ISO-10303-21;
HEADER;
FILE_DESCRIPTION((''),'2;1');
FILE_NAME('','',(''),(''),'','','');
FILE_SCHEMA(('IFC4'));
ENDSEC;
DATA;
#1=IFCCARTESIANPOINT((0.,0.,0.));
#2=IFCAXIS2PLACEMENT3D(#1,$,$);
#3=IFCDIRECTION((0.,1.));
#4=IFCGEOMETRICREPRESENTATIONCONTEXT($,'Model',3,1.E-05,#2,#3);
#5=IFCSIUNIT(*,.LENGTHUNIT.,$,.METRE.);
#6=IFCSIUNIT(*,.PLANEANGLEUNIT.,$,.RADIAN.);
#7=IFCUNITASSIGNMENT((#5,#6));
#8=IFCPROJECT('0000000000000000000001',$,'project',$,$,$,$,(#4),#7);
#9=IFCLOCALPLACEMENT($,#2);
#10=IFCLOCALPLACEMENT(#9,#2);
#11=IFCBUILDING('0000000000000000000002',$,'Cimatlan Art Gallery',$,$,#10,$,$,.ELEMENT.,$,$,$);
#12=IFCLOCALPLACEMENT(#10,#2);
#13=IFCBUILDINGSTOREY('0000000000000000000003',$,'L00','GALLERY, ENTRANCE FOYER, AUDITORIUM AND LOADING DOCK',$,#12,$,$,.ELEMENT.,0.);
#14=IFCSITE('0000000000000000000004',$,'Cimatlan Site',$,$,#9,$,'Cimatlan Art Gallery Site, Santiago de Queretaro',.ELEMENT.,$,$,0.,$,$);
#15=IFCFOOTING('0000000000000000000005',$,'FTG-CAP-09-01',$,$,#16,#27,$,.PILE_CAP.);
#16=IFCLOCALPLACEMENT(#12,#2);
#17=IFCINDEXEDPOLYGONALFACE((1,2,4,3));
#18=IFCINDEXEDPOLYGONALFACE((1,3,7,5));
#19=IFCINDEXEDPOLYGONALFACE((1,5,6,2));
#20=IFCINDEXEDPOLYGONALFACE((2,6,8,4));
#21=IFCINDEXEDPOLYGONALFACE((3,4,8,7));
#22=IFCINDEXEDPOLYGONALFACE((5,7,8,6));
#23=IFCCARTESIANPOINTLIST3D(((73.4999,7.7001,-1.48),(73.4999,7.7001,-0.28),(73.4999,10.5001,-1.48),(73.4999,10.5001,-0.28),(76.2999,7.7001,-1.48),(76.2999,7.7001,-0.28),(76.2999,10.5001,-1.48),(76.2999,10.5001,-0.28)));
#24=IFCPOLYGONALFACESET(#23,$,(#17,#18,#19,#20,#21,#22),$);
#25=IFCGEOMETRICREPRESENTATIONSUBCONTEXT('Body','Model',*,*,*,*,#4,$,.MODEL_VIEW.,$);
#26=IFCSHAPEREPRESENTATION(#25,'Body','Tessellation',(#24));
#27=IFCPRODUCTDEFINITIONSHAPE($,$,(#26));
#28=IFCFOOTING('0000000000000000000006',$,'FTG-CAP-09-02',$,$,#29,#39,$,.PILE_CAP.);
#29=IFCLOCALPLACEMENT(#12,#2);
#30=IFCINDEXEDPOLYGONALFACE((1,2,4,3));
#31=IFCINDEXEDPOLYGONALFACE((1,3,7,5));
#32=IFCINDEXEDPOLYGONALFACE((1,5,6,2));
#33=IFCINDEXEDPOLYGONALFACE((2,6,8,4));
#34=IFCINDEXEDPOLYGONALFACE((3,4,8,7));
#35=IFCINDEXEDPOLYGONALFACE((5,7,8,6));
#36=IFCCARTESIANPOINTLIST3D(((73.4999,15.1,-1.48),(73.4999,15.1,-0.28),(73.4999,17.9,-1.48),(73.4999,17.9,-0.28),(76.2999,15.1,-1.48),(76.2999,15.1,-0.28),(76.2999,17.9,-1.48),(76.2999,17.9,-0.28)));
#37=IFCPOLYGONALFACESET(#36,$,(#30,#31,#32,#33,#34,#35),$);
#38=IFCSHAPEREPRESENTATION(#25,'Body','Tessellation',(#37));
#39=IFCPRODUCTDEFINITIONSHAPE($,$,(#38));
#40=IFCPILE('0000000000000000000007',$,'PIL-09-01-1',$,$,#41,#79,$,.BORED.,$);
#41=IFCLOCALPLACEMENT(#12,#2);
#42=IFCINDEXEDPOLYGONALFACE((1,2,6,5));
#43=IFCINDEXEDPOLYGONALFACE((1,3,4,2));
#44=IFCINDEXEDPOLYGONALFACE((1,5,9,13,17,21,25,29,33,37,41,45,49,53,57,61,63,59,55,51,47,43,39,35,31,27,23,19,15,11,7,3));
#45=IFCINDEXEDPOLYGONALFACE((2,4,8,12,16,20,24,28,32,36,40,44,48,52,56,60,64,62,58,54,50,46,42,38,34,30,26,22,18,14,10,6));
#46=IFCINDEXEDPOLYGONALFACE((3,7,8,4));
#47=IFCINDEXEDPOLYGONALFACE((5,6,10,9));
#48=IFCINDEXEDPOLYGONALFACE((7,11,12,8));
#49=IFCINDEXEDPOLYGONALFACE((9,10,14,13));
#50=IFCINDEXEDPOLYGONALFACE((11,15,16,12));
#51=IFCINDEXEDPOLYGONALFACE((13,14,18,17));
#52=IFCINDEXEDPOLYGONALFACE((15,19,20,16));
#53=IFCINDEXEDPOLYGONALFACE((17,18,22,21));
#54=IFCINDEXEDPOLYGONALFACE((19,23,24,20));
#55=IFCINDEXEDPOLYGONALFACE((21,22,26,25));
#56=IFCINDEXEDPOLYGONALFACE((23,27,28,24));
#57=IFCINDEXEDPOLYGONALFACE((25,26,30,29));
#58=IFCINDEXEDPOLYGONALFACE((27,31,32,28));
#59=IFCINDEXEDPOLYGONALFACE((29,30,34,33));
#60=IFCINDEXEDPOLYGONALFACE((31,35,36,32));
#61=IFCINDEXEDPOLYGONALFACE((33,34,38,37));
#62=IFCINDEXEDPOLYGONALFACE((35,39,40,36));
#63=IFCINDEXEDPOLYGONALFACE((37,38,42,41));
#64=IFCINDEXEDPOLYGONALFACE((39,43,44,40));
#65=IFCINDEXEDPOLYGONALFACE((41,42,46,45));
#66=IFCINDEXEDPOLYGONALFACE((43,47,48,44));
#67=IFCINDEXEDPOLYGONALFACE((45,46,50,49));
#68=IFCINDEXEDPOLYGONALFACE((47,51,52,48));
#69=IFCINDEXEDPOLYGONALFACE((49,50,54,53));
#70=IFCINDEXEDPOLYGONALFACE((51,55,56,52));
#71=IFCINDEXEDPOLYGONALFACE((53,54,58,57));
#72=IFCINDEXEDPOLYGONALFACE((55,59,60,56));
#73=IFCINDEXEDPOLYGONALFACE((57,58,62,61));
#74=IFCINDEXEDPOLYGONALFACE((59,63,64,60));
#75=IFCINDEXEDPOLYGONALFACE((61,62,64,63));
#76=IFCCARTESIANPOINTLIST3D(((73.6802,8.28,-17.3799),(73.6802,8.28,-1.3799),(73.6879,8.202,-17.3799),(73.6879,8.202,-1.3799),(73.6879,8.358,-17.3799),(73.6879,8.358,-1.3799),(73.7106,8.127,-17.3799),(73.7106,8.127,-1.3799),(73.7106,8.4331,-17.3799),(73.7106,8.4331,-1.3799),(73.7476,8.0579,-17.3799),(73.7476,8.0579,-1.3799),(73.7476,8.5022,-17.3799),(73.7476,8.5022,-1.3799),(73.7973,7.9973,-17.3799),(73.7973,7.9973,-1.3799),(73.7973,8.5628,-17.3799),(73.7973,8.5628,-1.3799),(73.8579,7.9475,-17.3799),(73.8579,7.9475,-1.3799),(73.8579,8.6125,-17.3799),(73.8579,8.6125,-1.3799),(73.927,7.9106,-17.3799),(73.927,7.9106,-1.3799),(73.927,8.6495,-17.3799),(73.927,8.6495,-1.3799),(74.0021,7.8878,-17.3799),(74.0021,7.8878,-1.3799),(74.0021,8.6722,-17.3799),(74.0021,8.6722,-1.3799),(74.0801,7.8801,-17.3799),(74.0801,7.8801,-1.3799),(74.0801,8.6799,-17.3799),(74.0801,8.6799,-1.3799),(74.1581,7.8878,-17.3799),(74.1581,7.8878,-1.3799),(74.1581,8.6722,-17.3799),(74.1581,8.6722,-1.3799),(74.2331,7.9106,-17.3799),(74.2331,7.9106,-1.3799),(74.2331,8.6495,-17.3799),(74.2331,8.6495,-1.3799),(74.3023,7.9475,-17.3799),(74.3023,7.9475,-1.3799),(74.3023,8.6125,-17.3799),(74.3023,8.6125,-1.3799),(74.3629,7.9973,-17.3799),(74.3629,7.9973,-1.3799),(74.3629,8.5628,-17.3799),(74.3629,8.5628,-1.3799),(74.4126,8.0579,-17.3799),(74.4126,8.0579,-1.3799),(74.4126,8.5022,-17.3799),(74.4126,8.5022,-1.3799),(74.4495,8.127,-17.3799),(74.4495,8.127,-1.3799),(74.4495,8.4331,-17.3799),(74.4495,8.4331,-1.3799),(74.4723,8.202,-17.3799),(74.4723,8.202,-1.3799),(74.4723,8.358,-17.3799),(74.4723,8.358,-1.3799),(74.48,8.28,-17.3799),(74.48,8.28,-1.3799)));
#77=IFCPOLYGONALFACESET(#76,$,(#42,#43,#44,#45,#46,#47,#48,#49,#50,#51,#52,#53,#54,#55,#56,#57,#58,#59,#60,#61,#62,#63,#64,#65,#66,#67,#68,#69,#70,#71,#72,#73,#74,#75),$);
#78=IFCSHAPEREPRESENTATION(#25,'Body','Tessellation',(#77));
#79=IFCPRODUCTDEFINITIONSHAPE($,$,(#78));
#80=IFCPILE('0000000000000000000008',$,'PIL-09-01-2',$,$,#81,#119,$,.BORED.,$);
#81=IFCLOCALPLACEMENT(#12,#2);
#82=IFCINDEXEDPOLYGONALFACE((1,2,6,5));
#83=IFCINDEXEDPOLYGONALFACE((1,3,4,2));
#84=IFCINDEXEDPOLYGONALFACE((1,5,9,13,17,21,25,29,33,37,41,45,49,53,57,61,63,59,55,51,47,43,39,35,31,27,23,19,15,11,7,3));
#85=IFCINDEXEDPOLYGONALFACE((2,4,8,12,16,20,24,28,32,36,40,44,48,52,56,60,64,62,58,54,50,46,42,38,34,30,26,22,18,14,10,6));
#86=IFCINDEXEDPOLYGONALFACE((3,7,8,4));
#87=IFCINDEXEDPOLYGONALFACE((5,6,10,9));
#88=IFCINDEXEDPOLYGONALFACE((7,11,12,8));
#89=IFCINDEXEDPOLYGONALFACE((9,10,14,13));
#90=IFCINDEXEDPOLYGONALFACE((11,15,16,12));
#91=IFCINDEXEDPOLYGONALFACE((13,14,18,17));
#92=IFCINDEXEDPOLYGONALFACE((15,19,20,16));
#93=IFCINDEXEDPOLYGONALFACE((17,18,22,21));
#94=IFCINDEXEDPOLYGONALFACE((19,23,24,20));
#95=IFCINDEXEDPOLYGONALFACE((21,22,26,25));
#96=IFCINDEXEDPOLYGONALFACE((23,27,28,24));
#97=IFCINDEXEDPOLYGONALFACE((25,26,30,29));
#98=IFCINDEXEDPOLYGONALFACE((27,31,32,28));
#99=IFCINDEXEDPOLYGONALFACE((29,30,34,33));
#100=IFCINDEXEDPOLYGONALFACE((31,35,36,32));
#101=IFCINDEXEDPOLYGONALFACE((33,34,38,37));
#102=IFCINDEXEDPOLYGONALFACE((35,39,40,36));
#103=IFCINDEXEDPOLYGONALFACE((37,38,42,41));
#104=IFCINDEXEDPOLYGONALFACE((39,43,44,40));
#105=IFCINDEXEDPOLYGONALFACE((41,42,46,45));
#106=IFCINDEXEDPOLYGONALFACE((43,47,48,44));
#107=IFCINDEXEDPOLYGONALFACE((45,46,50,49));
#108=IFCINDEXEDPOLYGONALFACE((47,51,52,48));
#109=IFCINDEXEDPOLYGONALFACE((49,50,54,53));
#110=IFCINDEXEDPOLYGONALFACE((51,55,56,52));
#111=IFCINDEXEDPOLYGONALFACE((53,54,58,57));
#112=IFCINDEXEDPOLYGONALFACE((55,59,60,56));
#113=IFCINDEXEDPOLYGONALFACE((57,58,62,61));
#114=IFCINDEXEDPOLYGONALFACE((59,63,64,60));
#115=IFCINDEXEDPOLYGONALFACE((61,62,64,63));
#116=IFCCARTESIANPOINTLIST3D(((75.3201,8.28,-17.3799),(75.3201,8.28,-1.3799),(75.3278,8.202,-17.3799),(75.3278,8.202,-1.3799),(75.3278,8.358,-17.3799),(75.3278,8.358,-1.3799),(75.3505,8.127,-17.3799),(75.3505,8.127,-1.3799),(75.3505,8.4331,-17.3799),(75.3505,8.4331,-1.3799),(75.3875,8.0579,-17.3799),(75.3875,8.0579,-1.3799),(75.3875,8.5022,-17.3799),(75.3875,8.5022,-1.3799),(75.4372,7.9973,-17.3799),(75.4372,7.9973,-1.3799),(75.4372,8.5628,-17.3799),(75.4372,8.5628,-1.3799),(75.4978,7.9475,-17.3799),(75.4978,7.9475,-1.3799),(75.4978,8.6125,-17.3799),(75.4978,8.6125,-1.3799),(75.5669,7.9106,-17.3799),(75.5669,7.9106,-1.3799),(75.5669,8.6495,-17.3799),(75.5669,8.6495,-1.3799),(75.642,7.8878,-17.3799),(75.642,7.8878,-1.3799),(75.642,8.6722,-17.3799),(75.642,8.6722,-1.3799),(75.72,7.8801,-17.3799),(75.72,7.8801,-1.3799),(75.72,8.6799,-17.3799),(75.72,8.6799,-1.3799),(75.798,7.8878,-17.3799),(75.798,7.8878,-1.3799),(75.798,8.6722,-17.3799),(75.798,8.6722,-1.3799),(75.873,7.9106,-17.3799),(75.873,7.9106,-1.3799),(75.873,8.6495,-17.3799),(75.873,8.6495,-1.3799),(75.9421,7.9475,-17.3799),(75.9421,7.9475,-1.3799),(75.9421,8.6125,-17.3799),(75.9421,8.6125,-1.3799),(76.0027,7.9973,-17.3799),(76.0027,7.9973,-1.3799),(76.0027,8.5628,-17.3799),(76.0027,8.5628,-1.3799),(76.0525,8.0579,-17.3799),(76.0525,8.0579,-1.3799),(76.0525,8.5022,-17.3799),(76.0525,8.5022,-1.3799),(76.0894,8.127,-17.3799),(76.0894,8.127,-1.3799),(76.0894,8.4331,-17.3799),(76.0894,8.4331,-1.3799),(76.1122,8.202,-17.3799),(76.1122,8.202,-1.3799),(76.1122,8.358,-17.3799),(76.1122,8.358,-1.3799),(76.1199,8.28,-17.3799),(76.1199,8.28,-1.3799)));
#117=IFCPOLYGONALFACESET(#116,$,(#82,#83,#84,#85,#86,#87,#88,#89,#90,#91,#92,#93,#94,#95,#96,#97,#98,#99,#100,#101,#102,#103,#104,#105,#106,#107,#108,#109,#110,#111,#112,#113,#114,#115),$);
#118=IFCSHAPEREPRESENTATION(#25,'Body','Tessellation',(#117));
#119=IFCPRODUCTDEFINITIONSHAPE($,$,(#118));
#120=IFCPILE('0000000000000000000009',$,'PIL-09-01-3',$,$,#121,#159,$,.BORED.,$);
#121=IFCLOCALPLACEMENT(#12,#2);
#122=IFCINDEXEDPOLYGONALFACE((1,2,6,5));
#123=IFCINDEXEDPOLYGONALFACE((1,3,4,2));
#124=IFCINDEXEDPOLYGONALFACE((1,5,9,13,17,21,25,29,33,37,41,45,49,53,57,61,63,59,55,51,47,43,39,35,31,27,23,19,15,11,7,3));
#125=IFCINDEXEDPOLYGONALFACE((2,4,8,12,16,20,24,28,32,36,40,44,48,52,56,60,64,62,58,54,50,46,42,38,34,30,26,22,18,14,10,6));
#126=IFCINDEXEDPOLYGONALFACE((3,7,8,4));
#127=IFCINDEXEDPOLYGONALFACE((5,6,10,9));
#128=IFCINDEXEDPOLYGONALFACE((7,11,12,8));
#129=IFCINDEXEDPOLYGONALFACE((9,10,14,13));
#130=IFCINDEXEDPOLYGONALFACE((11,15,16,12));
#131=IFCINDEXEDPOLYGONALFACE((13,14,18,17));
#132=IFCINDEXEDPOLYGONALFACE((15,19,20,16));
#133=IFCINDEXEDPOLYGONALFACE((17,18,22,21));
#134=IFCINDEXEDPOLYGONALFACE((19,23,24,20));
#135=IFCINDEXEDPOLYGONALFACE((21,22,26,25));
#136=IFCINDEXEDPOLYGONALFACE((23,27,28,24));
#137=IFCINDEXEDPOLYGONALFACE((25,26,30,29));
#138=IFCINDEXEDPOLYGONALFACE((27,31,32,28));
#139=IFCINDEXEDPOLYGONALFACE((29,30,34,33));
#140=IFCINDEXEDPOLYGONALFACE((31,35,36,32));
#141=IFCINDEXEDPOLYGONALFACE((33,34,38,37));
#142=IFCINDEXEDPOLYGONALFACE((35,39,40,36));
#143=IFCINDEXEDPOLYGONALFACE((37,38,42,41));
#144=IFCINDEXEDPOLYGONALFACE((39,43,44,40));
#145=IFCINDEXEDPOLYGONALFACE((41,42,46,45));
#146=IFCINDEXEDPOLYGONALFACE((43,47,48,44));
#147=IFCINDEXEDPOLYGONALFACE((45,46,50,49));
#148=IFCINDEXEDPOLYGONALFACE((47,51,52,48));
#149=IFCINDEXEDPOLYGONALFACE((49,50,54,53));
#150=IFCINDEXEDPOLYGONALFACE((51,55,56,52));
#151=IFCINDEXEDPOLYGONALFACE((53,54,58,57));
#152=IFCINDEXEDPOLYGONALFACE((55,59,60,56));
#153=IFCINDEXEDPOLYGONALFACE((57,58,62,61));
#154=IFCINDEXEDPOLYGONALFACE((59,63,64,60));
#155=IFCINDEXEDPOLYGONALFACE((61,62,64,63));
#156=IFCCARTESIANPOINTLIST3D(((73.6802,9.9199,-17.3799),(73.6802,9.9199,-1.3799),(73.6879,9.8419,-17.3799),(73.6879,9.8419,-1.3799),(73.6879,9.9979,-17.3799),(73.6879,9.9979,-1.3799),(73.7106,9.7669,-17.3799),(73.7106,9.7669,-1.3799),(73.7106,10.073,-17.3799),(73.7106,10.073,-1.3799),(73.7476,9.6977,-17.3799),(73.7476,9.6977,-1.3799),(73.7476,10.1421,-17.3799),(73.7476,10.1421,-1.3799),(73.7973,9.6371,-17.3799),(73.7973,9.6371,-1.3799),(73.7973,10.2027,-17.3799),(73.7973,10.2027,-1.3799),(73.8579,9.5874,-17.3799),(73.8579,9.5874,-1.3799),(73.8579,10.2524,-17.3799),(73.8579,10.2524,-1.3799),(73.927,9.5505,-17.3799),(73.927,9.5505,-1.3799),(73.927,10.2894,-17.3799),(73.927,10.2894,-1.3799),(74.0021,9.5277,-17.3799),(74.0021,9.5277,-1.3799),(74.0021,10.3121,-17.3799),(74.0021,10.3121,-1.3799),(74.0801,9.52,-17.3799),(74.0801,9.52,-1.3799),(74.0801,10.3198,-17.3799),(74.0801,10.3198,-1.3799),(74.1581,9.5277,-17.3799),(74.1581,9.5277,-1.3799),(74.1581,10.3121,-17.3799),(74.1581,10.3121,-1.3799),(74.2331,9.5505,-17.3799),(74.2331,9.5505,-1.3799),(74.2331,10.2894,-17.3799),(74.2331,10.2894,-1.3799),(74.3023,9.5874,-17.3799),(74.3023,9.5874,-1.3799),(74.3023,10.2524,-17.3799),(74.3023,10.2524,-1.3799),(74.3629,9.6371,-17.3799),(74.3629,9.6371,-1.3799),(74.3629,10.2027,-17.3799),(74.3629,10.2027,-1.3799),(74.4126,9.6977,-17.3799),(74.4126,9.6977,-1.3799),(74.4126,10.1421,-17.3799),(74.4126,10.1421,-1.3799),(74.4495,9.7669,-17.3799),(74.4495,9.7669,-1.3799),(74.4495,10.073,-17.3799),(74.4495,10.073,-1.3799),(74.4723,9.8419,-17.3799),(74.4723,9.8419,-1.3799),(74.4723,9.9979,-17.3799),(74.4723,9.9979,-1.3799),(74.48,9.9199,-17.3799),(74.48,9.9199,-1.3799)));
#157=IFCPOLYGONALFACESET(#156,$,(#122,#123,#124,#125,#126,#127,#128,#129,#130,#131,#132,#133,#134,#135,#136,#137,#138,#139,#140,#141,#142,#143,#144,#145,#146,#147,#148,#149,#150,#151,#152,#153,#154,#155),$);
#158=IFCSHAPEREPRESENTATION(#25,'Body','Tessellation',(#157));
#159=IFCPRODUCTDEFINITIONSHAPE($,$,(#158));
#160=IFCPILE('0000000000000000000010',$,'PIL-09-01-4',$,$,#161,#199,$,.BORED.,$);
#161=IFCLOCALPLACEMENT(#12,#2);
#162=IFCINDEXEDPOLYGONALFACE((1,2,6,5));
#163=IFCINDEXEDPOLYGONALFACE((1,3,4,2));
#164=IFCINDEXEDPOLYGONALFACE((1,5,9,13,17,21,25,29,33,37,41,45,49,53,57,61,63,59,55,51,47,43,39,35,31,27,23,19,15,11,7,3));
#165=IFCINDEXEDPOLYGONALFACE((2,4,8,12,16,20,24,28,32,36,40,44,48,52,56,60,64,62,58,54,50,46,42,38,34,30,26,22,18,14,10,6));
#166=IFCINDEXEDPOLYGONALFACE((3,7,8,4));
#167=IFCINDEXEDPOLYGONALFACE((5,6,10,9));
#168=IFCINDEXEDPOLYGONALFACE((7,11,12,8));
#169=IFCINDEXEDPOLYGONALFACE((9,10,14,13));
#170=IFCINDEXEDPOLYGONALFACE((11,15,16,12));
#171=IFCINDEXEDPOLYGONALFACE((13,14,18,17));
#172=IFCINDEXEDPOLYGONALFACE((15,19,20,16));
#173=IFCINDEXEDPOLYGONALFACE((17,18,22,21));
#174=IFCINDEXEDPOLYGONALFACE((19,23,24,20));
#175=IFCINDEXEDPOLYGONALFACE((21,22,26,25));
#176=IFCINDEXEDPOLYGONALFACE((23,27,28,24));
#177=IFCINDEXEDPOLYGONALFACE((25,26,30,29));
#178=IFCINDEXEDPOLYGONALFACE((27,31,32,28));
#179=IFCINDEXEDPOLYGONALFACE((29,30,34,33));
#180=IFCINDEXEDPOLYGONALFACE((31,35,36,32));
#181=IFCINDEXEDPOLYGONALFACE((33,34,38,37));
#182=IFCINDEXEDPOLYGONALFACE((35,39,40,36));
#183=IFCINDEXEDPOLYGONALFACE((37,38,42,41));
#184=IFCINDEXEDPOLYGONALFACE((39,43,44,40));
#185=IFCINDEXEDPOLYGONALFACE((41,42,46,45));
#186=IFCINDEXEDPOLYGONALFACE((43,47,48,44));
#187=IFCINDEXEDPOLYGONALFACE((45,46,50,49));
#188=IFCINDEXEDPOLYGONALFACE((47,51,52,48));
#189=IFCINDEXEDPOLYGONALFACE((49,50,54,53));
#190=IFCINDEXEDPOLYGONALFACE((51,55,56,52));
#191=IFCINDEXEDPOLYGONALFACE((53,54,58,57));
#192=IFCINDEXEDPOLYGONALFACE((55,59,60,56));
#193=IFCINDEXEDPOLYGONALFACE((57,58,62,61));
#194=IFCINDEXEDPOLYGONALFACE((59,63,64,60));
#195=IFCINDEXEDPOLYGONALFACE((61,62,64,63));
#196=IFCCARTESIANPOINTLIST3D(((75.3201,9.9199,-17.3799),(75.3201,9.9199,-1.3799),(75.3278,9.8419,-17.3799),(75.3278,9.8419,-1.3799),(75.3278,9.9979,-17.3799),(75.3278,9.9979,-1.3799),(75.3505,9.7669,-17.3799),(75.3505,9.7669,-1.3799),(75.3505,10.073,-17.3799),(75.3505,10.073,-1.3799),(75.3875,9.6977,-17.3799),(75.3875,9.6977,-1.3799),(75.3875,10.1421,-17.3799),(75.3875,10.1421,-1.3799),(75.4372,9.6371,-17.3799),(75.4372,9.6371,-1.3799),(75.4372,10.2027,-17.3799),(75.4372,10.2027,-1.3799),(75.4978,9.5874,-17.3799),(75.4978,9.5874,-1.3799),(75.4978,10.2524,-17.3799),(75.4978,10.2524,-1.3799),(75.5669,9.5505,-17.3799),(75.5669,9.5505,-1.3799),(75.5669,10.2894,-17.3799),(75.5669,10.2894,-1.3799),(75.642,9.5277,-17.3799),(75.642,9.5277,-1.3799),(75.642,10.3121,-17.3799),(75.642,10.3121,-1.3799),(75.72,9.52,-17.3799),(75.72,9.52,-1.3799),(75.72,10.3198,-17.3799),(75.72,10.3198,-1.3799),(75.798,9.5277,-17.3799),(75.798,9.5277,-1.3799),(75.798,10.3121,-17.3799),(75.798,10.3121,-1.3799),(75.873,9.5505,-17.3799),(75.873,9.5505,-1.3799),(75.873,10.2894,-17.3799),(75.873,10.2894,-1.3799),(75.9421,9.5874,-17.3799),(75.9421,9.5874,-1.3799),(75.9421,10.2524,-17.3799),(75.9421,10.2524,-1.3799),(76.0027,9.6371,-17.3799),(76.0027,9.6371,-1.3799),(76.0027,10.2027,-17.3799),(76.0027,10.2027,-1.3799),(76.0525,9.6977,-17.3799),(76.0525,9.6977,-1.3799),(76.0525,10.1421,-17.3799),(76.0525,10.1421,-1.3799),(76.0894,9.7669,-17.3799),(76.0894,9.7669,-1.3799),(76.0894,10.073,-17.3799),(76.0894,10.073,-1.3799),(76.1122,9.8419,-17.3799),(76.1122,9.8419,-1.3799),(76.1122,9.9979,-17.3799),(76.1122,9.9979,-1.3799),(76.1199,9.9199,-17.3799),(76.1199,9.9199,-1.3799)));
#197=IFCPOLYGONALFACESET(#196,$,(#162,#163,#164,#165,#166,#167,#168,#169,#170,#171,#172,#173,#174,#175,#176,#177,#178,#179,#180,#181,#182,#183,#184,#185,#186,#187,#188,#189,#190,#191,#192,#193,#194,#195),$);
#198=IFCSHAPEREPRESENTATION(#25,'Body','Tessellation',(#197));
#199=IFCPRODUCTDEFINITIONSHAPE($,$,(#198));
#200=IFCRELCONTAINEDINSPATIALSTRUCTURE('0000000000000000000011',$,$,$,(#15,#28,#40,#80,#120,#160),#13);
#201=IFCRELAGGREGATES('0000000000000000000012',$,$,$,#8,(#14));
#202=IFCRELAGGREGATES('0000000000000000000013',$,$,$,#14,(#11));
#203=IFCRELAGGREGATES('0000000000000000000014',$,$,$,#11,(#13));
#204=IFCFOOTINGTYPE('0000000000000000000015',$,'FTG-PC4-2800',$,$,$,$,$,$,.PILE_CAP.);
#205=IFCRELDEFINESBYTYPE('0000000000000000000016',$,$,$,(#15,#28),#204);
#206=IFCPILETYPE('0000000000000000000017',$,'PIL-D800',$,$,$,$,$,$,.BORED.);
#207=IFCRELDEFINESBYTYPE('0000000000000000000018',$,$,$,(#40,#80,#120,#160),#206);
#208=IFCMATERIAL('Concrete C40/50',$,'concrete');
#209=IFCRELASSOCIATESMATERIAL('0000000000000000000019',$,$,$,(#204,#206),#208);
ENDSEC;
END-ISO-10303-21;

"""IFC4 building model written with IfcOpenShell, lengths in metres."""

from ifc_helpers import new_model, si_unit, direction, frame, origin, origin_2d, place, context, subcontext, project, spatial, rectangle, circle, extrude, material, type_object, element, save


model = new_model("IFC4")

# Units and contexts
model_context = context("Model", 3, precision=1e-05, world=origin(), true_north=direction((0.0, 1.0)))
body_context = subcontext(model_context, "Body", "Model", "MODEL_VIEW")
ifc_project = project(units=[si_unit("LENGTHUNIT", "METRE"), si_unit("PLANEANGLEUNIT", "RADIAN")], contexts=[model_context])

# Site, building, storey
site_placement = place(None, origin())
site = spatial("IfcSite", under=ifc_project, at=site_placement, Name="Cimatlan Site", LongName="Cimatlan Art Gallery Site, Santiago de Queretaro", CompositionType="ELEMENT", RefElevation=0.0)
building_placement = place(site_placement, origin())
building = spatial("IfcBuilding", under=site, at=building_placement, Name="Cimatlan Art Gallery", CompositionType="ELEMENT")
storey_placement = place(building_placement, origin())
storey = spatial("IfcBuildingStorey", under=building, at=storey_placement, Name="L00", Description="GALLERY, ENTRANCE FOYER, AUDITORIUM AND LOADING DOCK", CompositionType="ELEMENT", Elevation=0.0)

# Footings
ifc_material_1 = material(Name="Concrete C40/50", Category="concrete")
footing_type = type_object("IfcFootingType", Name="FTG-PC4-2800", PredefinedType="PILE_CAP", material=ifc_material_1)
for number, where, z_axis, x_axis, name in (
    (1, (74.8999, 9.1001, -1.48), (0.0, 0.0, 1.0), (1.0, 0.0, 0.0), "FTG-CAP-09-01"),
    (2, (74.8999, 16.5, -1.48), (0.0, 0.0, 1.0), (1.0, 0.0, 0.0), "FTG-CAP-09-02"),
):
    element("IfcFooting", number, at=place(storey_placement, frame(where, z_axis=z_axis, x_axis=x_axis)), inside=storey, type_object=footing_type, Name=name, PredefinedType="PILE_CAP", context=body_context, shape_type="SweptSolid", body=[
        extrude(rectangle(XDim=2.8, YDim=2.8, at=origin_2d()), origin(), (0.0, 0.0, 1.0), 1.2),
    ])

# Piles
pile_type = type_object("IfcPileType", Name="PIL-D800", PredefinedType="BORED", material=ifc_material_1)
for number, where, z_axis, x_axis, name in (
    (3, (74.0801, 8.28, -1.3799), (0.0, 0.0, -1.0), (1.0, 0.0, 0.0), "PIL-09-01-1"),
    (4, (75.72, 8.28, -1.3799), (0.0, 0.0, -1.0), (1.0, 0.0, 0.0), "PIL-09-01-2"),
    (5, (74.0801, 9.9199, -1.3799), (0.0, 0.0, -1.0), (1.0, 0.0, 0.0), "PIL-09-01-3"),
    (6, (75.72, 9.9199, -1.3799), (0.0, 0.0, -1.0), (1.0, 0.0, 0.0), "PIL-09-01-4"),
):
    element("IfcPile", number, at=place(storey_placement, frame(where, z_axis=z_axis, x_axis=x_axis)), inside=storey, type_object=pile_type, Name=name, PredefinedType="BORED", context=body_context, shape_type="SweptSolid", body=[
        extrude(circle(Radius=0.3999, at=origin_2d()), origin(), (0.0, 0.0, 1.0), 16.0),
    ])

save(model, "model.ifc")
